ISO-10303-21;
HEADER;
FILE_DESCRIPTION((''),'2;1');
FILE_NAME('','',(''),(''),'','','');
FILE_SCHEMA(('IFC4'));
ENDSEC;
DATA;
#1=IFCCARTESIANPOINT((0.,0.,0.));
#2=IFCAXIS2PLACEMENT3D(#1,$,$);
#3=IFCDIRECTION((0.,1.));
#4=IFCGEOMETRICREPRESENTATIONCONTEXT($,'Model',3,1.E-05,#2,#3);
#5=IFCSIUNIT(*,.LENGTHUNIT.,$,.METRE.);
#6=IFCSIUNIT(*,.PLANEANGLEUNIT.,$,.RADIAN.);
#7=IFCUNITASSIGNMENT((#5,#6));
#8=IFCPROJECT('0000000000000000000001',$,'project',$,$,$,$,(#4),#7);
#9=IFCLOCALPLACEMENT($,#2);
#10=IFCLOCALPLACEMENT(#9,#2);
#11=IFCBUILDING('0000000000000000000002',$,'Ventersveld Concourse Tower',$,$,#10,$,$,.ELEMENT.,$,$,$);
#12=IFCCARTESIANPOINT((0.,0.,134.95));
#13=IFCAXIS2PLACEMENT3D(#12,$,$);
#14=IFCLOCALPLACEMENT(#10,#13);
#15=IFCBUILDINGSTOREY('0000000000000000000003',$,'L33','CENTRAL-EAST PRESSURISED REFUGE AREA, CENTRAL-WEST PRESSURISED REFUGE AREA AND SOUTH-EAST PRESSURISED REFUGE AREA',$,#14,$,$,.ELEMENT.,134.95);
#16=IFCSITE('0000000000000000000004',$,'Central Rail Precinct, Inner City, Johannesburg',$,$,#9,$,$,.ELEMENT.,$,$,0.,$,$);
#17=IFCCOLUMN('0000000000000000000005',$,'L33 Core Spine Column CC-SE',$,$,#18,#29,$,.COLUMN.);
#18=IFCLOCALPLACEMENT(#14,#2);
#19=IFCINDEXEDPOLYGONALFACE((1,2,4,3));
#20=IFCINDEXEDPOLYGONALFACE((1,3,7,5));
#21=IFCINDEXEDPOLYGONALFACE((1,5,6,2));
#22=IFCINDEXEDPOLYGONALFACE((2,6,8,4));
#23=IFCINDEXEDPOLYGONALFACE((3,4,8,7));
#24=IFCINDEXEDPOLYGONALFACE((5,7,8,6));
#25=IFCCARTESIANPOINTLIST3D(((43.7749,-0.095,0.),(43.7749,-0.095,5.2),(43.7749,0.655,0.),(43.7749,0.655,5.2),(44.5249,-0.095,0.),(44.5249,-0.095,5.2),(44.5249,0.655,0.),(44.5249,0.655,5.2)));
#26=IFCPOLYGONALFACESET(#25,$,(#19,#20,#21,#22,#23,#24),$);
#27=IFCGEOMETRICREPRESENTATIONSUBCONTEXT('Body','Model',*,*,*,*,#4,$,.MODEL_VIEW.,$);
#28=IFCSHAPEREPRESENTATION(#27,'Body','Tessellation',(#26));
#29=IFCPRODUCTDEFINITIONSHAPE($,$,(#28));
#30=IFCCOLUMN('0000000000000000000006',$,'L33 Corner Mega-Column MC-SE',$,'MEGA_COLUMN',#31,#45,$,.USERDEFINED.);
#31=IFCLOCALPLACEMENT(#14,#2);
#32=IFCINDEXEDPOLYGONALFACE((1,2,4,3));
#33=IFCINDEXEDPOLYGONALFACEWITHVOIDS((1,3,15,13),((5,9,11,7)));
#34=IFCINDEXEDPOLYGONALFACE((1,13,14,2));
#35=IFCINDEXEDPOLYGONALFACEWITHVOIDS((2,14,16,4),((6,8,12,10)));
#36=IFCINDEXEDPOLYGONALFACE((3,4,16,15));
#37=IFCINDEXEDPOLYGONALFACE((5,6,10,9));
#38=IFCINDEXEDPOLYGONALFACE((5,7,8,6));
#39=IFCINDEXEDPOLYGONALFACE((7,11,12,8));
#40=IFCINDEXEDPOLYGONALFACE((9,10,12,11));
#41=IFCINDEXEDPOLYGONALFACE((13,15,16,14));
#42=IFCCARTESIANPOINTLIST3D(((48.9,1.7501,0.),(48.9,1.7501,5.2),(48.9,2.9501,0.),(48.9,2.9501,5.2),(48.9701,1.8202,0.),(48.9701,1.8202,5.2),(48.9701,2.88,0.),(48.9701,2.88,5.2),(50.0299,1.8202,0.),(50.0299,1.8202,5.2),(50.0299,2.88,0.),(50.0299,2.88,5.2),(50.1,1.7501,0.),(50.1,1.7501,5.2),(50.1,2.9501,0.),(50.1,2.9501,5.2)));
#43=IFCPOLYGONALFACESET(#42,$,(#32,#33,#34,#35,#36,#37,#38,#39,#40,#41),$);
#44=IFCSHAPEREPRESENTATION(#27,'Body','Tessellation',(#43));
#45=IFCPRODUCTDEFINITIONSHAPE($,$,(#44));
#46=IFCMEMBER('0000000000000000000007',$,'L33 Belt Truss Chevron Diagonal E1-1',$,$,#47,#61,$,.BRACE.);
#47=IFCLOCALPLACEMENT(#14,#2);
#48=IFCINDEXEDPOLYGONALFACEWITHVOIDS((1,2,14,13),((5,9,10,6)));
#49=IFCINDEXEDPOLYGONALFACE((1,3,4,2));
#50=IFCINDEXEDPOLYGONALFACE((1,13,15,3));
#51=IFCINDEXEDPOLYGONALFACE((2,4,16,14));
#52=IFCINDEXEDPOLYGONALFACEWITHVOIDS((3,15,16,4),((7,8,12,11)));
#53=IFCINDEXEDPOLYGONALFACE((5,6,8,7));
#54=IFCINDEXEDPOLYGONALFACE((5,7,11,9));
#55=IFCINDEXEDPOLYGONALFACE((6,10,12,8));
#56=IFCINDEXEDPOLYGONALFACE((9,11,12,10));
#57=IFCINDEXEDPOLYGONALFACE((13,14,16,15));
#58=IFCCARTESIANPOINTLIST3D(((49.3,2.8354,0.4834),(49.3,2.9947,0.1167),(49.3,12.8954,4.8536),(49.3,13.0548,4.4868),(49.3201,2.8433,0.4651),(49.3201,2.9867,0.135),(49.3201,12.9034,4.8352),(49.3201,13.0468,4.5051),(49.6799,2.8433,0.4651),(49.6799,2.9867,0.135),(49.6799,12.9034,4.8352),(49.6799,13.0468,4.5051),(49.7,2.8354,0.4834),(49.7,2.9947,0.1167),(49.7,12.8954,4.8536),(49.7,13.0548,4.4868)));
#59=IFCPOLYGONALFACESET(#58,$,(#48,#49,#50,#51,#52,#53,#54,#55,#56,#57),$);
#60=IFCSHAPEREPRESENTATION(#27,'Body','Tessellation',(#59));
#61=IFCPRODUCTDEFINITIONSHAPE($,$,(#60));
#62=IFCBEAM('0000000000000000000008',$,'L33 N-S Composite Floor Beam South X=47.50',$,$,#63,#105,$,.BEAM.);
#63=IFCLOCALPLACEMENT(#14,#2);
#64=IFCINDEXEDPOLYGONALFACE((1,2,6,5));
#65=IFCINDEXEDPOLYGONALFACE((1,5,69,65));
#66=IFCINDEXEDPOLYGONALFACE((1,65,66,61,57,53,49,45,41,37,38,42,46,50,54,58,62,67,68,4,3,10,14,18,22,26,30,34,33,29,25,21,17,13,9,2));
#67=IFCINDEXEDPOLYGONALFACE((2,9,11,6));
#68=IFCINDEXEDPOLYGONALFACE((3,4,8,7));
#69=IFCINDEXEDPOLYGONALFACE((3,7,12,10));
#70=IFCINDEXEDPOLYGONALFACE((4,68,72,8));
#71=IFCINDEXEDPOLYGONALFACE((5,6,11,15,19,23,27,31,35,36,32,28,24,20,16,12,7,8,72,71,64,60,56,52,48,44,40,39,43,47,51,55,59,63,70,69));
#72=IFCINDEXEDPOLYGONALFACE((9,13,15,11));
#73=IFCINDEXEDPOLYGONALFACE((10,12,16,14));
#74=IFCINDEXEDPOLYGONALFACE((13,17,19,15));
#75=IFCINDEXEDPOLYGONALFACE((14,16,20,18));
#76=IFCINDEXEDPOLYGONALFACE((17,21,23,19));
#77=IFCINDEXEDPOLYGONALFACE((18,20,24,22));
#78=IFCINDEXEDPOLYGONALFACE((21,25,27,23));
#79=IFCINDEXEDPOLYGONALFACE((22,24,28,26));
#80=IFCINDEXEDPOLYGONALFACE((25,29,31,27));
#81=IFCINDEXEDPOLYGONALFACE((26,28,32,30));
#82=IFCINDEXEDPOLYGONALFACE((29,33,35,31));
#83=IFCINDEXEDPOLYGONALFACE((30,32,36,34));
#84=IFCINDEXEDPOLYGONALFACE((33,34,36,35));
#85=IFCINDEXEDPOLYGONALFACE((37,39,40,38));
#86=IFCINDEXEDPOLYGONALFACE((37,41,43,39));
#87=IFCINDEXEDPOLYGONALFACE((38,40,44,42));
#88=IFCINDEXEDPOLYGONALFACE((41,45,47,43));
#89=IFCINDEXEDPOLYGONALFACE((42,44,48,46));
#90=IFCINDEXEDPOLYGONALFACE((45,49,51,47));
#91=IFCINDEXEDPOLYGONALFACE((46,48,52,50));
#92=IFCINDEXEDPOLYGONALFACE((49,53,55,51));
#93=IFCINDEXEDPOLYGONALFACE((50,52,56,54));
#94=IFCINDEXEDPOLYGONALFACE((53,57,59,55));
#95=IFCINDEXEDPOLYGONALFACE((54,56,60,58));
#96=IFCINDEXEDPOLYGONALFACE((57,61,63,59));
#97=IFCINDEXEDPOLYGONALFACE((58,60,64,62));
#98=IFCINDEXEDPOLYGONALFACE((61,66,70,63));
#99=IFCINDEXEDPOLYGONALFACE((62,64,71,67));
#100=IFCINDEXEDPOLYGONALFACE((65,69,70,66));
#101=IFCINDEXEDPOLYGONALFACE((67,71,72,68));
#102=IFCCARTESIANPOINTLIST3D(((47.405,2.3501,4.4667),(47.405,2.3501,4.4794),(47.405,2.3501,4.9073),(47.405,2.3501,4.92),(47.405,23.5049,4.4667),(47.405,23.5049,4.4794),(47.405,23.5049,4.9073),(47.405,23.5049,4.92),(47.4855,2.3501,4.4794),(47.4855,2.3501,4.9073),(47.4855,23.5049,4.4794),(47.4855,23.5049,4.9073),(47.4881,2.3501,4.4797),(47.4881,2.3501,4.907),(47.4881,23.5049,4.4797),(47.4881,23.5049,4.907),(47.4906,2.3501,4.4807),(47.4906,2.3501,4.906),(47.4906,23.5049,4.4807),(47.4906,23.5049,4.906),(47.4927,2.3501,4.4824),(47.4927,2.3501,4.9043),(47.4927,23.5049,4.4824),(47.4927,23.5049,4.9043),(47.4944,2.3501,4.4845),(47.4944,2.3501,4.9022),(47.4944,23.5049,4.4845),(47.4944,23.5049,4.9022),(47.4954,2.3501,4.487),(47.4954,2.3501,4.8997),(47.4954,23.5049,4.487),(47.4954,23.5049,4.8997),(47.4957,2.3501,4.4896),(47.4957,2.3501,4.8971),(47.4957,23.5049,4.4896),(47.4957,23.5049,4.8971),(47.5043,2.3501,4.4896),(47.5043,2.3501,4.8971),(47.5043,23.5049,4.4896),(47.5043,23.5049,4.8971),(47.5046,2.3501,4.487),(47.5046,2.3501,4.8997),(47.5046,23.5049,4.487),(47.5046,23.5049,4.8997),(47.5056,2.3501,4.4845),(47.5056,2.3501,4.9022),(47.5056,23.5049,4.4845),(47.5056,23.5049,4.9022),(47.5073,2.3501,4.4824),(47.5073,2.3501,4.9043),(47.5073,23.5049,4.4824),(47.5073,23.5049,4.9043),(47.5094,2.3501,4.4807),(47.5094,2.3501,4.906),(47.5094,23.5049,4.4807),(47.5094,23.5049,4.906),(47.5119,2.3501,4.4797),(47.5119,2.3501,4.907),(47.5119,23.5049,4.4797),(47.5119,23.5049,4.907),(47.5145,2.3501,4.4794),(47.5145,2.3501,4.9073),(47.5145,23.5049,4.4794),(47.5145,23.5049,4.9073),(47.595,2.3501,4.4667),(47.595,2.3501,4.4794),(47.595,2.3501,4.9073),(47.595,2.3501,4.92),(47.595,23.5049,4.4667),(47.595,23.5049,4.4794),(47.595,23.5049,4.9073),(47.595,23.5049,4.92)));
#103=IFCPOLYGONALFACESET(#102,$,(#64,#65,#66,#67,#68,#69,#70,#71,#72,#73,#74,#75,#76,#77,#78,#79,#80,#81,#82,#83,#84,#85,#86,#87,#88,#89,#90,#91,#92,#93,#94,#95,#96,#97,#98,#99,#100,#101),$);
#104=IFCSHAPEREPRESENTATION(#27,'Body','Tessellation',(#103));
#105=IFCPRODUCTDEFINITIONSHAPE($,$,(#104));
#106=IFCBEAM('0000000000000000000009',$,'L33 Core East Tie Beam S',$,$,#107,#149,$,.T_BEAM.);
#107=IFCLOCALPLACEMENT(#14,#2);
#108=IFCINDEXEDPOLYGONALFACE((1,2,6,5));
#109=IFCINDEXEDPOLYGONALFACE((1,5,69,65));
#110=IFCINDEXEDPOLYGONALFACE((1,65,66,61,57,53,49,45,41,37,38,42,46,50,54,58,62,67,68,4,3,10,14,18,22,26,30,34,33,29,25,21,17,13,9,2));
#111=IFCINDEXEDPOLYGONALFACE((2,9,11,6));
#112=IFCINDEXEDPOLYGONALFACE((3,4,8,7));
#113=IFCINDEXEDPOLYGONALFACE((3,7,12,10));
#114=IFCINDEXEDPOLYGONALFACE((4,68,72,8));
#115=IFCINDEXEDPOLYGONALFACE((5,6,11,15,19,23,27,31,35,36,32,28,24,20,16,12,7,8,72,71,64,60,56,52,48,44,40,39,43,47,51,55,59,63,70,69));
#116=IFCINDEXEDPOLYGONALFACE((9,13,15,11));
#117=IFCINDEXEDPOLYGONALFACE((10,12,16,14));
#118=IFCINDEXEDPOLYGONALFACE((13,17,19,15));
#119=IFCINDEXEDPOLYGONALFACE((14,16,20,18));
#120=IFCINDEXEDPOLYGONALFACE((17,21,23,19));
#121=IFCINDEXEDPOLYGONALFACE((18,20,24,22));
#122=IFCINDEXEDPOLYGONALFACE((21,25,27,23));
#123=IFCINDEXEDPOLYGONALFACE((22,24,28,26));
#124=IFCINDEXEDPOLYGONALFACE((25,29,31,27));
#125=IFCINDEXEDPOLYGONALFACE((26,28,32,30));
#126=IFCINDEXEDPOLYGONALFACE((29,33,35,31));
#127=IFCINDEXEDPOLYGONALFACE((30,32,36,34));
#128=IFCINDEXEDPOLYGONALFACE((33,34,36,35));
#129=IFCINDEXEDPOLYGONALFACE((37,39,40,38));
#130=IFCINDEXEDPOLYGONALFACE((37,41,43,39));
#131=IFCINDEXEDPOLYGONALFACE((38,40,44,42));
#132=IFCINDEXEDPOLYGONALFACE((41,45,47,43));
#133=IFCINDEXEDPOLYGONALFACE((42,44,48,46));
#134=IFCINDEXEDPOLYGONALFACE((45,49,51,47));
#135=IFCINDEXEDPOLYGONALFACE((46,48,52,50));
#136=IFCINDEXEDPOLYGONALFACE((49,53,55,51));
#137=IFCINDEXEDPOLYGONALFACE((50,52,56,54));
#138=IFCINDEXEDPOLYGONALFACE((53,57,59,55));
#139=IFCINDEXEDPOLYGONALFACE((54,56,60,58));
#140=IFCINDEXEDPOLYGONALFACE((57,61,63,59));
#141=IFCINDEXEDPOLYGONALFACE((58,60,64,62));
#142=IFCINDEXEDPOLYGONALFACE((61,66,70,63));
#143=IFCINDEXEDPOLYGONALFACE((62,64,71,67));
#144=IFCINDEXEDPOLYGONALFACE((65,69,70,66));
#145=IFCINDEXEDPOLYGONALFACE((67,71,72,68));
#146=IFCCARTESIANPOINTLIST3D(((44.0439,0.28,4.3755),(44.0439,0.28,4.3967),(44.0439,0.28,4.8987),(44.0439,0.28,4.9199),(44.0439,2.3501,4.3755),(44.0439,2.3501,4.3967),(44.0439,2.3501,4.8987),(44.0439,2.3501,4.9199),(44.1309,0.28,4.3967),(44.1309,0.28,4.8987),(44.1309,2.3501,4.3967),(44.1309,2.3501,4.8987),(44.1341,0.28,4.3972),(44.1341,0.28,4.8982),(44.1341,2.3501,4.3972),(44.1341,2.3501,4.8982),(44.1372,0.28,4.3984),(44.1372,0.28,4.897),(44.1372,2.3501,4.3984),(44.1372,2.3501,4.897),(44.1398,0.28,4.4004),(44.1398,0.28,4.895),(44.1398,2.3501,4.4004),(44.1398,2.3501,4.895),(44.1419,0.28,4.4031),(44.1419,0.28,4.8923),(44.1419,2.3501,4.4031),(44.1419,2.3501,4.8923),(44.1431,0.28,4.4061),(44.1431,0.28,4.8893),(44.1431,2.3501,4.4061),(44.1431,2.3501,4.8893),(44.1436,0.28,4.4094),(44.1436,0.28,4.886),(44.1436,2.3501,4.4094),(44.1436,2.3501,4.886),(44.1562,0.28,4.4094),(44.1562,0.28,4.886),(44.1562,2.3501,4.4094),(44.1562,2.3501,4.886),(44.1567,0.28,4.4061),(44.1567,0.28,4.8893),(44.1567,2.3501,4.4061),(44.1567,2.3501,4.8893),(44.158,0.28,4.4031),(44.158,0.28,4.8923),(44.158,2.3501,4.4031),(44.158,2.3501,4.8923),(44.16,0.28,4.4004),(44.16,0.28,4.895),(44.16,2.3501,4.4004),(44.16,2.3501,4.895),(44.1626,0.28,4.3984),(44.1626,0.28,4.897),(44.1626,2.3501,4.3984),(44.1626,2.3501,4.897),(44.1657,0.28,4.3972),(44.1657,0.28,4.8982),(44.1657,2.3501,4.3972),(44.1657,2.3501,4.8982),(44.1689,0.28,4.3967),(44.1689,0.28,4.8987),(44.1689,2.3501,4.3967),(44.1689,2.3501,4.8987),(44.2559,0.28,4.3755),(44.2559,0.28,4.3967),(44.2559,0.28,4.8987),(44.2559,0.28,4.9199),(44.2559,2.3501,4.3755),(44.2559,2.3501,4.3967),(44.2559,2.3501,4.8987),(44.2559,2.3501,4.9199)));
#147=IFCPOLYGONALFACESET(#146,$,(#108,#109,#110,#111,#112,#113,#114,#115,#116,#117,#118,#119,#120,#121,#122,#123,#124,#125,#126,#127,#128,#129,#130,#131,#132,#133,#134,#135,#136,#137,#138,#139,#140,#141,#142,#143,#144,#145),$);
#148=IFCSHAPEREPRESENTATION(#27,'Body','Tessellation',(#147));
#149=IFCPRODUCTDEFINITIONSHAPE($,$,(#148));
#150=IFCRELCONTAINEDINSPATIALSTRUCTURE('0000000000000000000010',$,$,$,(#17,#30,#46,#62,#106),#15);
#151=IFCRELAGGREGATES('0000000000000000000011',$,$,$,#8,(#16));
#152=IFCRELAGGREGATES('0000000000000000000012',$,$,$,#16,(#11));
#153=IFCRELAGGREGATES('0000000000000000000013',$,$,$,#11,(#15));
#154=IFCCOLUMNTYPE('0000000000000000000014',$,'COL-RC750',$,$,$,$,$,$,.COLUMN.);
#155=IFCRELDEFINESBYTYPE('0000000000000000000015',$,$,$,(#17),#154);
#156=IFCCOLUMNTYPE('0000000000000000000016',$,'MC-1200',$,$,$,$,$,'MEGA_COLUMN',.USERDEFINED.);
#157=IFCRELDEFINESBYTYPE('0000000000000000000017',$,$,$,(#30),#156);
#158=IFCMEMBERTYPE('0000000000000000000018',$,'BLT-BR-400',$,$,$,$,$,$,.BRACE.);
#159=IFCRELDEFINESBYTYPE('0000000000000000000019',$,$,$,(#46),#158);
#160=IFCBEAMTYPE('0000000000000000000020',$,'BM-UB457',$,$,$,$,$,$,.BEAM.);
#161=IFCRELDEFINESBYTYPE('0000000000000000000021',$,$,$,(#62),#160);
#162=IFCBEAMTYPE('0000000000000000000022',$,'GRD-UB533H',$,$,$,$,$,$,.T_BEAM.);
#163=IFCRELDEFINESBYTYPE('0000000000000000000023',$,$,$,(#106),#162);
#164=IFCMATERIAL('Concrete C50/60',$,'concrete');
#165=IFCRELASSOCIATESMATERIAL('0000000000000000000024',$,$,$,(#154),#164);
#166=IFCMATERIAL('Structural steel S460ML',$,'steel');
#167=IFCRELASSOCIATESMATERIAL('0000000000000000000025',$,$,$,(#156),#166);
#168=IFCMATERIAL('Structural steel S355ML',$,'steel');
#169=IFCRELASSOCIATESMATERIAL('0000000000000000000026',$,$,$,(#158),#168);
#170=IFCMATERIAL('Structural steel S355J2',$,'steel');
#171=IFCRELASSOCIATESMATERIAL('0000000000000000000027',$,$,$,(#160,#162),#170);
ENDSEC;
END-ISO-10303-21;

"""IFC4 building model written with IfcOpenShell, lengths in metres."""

from ifc_helpers import new_model, si_unit, direction, frame, origin, origin_2d, place, context, subcontext, project, spatial, rectangle, hollow_rectangle, i_section, extrude, material, material_profile, profile_set, type_object, element, save


model = new_model("IFC4")

# Units and contexts
model_context = context("Model", 3, precision=1e-05, world=origin(), true_north=direction((0.0, 1.0)))
body_context = subcontext(model_context, "Body", "Model", "MODEL_VIEW")
ifc_project = project(units=[si_unit("LENGTHUNIT", "METRE"), si_unit("PLANEANGLEUNIT", "RADIAN")], contexts=[model_context])

# Site, building, storey
site_placement = place(None, origin())
site = spatial("IfcSite", under=ifc_project, at=site_placement, Name="Central Rail Precinct, Inner City, Johannesburg", CompositionType="ELEMENT", RefElevation=0.0)
building_placement = place(site_placement, origin())
building = spatial("IfcBuilding", under=site, at=building_placement, Name="Ventersveld Concourse Tower", CompositionType="ELEMENT")
storey_placement = place(building_placement, frame((0.0, 0.0, 134.95)))
storey = spatial("IfcBuildingStorey", under=building, at=storey_placement, Name="L33", Description="CENTRAL-EAST PRESSURISED REFUGE AREA, CENTRAL-WEST PRESSURISED REFUGE AREA AND SOUTH-EAST PRESSURISED REFUGE AREA", CompositionType="ELEMENT", Elevation=134.95)

# Columns
ifc_material_1 = material(Name="Concrete C50/60", Category="concrete")
ifc_material_profile_1 = material_profile(ifc_material_1, rectangle(XDim=0.75, YDim=0.75, at=origin_2d()), Name="RC 750x750")
ifc_profile_set_1 = profile_set([ifc_material_profile_1], Name="Concrete C50/60")
column_type_1 = type_object("IfcColumnType", Name="COL-RC750", PredefinedType="COLUMN", material=ifc_profile_set_1)
column_1_placement = place(storey_placement, frame((44.1499, 0.28, 0.0), z_axis=(0.0, 0.0, 1.0), x_axis=(1.0, 0.0, 0.0)))
element("IfcColumn", 1, at=column_1_placement, inside=storey, type_object=column_type_1, Name="L33 Core Spine Column CC-SE", PredefinedType="COLUMN", context=body_context, shape_type="SweptSolid", body=[
    extrude(rectangle(XDim=0.75, YDim=0.75, at=origin_2d()), origin(), (0.0, 0.0, 1.0), 5.2),
])
ifc_material_2 = material(Name="Structural steel S460ML", Category="steel")
ifc_material_profile_2 = material_profile(ifc_material_2, hollow_rectangle(XDim=1.2, YDim=1.2, WallThickness=0.0701, at=origin_2d()), Name="BOX 1200x1200x70")
ifc_profile_set_2 = profile_set([ifc_material_profile_2], Name="Structural steel S460ML")
column_type_2 = type_object("IfcColumnType", Name="MC-1200", ElementType="MEGA_COLUMN", PredefinedType="USERDEFINED", material=ifc_profile_set_2)
column_2_placement = place(storey_placement, frame((49.5, 2.3501, 0.0), z_axis=(0.0, 0.0, 1.0), x_axis=(1.0, 0.0, 0.0)))
element("IfcColumn", 2, at=column_2_placement, inside=storey, type_object=column_type_2, Name="L33 Corner Mega-Column MC-SE", ObjectType="MEGA_COLUMN", PredefinedType="USERDEFINED", context=body_context, shape_type="SweptSolid", body=[
    extrude(hollow_rectangle(XDim=1.2, YDim=1.2, WallThickness=0.0701, at=origin_2d()), origin(), (0.0, 0.0, 1.0), 5.2),
])

# Member
ifc_material_3 = material(Name="Structural steel S355ML", Category="steel")
ifc_material_profile_3 = material_profile(ifc_material_3, hollow_rectangle(XDim=0.3999, YDim=0.3999, WallThickness=0.02, at=origin_2d()), Name="SHS 400x400x20")
ifc_profile_set_3 = profile_set([ifc_material_profile_3], Name="Structural steel S355ML")
member_type_1 = type_object("IfcMemberType", Name="BLT-BR-400", PredefinedType="BRACE", material=ifc_profile_set_3)
member_1_placement = place(storey_placement, frame((49.5, 2.915, 0.3), z_axis=(0.0, 0.917197, 0.398433), x_axis=(-1.0, 0.0, 0.0)))
element("IfcMember", 3, at=member_1_placement, inside=storey, type_object=member_type_1, Name="L33 Belt Truss Chevron Diagonal E1-1", PredefinedType="BRACE", context=body_context, shape_type="SweptSolid", body=[
    extrude(hollow_rectangle(XDim=0.3999, YDim=0.3999, WallThickness=0.02, at=origin_2d()), origin(), (0.0, 0.0, 1.0), 10.9683),
])

# Beams
ifc_material_4 = material(Name="Structural steel S355J2", Category="steel")
ifc_material_profile_4 = material_profile(ifc_material_4, i_section(OverallWidth=0.1899, OverallDepth=0.4534, WebThickness=0.0085, FlangeThickness=0.0127, FilletRadius=0.0103, at=origin_2d()), Name="UB 457x191x67")
ifc_profile_set_4 = profile_set([ifc_material_profile_4], Name="Structural steel S355J2")
beam_type_1 = type_object("IfcBeamType", Name="BM-UB457", PredefinedType="BEAM", material=ifc_profile_set_4)
beam_1_placement = place(storey_placement, frame((47.5, 2.3501, 4.6934), z_axis=(0.0, 1.0, 0.0), x_axis=(-1.0, 0.0, 0.0)))
element("IfcBeam", 4, at=beam_1_placement, inside=storey, type_object=beam_type_1, Name="L33 N-S Composite Floor Beam South X=47.50", PredefinedType="BEAM", context=body_context, shape_type="SweptSolid", body=[
    extrude(i_section(OverallWidth=0.1899, OverallDepth=0.4534, WebThickness=0.0085, FlangeThickness=0.0127, FilletRadius=0.0103, at=origin_2d()), origin(), (0.0, 0.0, 1.0), 21.1548),
])
ifc_material_profile_5 = material_profile(ifc_material_4, i_section(OverallWidth=0.2119, OverallDepth=0.5444, WebThickness=0.0127, FlangeThickness=0.0212, FilletRadius=0.0127, at=origin_2d()), Name="UB 533x210x122")
ifc_profile_set_5 = profile_set([ifc_material_profile_5], Name="Structural steel S355J2")
beam_type_2 = type_object("IfcBeamType", Name="GRD-UB533H", PredefinedType="T_BEAM", material=ifc_profile_set_5)
beam_2_placement = place(storey_placement, frame((44.1499, 0.28, 4.6477), z_axis=(0.0, 1.0, 0.0), x_axis=(-1.0, 0.0, 0.0)))
element("IfcBeam", 5, at=beam_2_placement, inside=storey, type_object=beam_type_2, Name="L33 Core East Tie Beam S", PredefinedType="T_BEAM", context=body_context, shape_type="SweptSolid", body=[
    extrude(i_section(OverallWidth=0.2119, OverallDepth=0.5444, WebThickness=0.0127, FlangeThickness=0.0212, FilletRadius=0.0127, at=origin_2d()), origin(), (0.0, 0.0, 1.0), 2.0701),
])

save(model, "model.ifc")
